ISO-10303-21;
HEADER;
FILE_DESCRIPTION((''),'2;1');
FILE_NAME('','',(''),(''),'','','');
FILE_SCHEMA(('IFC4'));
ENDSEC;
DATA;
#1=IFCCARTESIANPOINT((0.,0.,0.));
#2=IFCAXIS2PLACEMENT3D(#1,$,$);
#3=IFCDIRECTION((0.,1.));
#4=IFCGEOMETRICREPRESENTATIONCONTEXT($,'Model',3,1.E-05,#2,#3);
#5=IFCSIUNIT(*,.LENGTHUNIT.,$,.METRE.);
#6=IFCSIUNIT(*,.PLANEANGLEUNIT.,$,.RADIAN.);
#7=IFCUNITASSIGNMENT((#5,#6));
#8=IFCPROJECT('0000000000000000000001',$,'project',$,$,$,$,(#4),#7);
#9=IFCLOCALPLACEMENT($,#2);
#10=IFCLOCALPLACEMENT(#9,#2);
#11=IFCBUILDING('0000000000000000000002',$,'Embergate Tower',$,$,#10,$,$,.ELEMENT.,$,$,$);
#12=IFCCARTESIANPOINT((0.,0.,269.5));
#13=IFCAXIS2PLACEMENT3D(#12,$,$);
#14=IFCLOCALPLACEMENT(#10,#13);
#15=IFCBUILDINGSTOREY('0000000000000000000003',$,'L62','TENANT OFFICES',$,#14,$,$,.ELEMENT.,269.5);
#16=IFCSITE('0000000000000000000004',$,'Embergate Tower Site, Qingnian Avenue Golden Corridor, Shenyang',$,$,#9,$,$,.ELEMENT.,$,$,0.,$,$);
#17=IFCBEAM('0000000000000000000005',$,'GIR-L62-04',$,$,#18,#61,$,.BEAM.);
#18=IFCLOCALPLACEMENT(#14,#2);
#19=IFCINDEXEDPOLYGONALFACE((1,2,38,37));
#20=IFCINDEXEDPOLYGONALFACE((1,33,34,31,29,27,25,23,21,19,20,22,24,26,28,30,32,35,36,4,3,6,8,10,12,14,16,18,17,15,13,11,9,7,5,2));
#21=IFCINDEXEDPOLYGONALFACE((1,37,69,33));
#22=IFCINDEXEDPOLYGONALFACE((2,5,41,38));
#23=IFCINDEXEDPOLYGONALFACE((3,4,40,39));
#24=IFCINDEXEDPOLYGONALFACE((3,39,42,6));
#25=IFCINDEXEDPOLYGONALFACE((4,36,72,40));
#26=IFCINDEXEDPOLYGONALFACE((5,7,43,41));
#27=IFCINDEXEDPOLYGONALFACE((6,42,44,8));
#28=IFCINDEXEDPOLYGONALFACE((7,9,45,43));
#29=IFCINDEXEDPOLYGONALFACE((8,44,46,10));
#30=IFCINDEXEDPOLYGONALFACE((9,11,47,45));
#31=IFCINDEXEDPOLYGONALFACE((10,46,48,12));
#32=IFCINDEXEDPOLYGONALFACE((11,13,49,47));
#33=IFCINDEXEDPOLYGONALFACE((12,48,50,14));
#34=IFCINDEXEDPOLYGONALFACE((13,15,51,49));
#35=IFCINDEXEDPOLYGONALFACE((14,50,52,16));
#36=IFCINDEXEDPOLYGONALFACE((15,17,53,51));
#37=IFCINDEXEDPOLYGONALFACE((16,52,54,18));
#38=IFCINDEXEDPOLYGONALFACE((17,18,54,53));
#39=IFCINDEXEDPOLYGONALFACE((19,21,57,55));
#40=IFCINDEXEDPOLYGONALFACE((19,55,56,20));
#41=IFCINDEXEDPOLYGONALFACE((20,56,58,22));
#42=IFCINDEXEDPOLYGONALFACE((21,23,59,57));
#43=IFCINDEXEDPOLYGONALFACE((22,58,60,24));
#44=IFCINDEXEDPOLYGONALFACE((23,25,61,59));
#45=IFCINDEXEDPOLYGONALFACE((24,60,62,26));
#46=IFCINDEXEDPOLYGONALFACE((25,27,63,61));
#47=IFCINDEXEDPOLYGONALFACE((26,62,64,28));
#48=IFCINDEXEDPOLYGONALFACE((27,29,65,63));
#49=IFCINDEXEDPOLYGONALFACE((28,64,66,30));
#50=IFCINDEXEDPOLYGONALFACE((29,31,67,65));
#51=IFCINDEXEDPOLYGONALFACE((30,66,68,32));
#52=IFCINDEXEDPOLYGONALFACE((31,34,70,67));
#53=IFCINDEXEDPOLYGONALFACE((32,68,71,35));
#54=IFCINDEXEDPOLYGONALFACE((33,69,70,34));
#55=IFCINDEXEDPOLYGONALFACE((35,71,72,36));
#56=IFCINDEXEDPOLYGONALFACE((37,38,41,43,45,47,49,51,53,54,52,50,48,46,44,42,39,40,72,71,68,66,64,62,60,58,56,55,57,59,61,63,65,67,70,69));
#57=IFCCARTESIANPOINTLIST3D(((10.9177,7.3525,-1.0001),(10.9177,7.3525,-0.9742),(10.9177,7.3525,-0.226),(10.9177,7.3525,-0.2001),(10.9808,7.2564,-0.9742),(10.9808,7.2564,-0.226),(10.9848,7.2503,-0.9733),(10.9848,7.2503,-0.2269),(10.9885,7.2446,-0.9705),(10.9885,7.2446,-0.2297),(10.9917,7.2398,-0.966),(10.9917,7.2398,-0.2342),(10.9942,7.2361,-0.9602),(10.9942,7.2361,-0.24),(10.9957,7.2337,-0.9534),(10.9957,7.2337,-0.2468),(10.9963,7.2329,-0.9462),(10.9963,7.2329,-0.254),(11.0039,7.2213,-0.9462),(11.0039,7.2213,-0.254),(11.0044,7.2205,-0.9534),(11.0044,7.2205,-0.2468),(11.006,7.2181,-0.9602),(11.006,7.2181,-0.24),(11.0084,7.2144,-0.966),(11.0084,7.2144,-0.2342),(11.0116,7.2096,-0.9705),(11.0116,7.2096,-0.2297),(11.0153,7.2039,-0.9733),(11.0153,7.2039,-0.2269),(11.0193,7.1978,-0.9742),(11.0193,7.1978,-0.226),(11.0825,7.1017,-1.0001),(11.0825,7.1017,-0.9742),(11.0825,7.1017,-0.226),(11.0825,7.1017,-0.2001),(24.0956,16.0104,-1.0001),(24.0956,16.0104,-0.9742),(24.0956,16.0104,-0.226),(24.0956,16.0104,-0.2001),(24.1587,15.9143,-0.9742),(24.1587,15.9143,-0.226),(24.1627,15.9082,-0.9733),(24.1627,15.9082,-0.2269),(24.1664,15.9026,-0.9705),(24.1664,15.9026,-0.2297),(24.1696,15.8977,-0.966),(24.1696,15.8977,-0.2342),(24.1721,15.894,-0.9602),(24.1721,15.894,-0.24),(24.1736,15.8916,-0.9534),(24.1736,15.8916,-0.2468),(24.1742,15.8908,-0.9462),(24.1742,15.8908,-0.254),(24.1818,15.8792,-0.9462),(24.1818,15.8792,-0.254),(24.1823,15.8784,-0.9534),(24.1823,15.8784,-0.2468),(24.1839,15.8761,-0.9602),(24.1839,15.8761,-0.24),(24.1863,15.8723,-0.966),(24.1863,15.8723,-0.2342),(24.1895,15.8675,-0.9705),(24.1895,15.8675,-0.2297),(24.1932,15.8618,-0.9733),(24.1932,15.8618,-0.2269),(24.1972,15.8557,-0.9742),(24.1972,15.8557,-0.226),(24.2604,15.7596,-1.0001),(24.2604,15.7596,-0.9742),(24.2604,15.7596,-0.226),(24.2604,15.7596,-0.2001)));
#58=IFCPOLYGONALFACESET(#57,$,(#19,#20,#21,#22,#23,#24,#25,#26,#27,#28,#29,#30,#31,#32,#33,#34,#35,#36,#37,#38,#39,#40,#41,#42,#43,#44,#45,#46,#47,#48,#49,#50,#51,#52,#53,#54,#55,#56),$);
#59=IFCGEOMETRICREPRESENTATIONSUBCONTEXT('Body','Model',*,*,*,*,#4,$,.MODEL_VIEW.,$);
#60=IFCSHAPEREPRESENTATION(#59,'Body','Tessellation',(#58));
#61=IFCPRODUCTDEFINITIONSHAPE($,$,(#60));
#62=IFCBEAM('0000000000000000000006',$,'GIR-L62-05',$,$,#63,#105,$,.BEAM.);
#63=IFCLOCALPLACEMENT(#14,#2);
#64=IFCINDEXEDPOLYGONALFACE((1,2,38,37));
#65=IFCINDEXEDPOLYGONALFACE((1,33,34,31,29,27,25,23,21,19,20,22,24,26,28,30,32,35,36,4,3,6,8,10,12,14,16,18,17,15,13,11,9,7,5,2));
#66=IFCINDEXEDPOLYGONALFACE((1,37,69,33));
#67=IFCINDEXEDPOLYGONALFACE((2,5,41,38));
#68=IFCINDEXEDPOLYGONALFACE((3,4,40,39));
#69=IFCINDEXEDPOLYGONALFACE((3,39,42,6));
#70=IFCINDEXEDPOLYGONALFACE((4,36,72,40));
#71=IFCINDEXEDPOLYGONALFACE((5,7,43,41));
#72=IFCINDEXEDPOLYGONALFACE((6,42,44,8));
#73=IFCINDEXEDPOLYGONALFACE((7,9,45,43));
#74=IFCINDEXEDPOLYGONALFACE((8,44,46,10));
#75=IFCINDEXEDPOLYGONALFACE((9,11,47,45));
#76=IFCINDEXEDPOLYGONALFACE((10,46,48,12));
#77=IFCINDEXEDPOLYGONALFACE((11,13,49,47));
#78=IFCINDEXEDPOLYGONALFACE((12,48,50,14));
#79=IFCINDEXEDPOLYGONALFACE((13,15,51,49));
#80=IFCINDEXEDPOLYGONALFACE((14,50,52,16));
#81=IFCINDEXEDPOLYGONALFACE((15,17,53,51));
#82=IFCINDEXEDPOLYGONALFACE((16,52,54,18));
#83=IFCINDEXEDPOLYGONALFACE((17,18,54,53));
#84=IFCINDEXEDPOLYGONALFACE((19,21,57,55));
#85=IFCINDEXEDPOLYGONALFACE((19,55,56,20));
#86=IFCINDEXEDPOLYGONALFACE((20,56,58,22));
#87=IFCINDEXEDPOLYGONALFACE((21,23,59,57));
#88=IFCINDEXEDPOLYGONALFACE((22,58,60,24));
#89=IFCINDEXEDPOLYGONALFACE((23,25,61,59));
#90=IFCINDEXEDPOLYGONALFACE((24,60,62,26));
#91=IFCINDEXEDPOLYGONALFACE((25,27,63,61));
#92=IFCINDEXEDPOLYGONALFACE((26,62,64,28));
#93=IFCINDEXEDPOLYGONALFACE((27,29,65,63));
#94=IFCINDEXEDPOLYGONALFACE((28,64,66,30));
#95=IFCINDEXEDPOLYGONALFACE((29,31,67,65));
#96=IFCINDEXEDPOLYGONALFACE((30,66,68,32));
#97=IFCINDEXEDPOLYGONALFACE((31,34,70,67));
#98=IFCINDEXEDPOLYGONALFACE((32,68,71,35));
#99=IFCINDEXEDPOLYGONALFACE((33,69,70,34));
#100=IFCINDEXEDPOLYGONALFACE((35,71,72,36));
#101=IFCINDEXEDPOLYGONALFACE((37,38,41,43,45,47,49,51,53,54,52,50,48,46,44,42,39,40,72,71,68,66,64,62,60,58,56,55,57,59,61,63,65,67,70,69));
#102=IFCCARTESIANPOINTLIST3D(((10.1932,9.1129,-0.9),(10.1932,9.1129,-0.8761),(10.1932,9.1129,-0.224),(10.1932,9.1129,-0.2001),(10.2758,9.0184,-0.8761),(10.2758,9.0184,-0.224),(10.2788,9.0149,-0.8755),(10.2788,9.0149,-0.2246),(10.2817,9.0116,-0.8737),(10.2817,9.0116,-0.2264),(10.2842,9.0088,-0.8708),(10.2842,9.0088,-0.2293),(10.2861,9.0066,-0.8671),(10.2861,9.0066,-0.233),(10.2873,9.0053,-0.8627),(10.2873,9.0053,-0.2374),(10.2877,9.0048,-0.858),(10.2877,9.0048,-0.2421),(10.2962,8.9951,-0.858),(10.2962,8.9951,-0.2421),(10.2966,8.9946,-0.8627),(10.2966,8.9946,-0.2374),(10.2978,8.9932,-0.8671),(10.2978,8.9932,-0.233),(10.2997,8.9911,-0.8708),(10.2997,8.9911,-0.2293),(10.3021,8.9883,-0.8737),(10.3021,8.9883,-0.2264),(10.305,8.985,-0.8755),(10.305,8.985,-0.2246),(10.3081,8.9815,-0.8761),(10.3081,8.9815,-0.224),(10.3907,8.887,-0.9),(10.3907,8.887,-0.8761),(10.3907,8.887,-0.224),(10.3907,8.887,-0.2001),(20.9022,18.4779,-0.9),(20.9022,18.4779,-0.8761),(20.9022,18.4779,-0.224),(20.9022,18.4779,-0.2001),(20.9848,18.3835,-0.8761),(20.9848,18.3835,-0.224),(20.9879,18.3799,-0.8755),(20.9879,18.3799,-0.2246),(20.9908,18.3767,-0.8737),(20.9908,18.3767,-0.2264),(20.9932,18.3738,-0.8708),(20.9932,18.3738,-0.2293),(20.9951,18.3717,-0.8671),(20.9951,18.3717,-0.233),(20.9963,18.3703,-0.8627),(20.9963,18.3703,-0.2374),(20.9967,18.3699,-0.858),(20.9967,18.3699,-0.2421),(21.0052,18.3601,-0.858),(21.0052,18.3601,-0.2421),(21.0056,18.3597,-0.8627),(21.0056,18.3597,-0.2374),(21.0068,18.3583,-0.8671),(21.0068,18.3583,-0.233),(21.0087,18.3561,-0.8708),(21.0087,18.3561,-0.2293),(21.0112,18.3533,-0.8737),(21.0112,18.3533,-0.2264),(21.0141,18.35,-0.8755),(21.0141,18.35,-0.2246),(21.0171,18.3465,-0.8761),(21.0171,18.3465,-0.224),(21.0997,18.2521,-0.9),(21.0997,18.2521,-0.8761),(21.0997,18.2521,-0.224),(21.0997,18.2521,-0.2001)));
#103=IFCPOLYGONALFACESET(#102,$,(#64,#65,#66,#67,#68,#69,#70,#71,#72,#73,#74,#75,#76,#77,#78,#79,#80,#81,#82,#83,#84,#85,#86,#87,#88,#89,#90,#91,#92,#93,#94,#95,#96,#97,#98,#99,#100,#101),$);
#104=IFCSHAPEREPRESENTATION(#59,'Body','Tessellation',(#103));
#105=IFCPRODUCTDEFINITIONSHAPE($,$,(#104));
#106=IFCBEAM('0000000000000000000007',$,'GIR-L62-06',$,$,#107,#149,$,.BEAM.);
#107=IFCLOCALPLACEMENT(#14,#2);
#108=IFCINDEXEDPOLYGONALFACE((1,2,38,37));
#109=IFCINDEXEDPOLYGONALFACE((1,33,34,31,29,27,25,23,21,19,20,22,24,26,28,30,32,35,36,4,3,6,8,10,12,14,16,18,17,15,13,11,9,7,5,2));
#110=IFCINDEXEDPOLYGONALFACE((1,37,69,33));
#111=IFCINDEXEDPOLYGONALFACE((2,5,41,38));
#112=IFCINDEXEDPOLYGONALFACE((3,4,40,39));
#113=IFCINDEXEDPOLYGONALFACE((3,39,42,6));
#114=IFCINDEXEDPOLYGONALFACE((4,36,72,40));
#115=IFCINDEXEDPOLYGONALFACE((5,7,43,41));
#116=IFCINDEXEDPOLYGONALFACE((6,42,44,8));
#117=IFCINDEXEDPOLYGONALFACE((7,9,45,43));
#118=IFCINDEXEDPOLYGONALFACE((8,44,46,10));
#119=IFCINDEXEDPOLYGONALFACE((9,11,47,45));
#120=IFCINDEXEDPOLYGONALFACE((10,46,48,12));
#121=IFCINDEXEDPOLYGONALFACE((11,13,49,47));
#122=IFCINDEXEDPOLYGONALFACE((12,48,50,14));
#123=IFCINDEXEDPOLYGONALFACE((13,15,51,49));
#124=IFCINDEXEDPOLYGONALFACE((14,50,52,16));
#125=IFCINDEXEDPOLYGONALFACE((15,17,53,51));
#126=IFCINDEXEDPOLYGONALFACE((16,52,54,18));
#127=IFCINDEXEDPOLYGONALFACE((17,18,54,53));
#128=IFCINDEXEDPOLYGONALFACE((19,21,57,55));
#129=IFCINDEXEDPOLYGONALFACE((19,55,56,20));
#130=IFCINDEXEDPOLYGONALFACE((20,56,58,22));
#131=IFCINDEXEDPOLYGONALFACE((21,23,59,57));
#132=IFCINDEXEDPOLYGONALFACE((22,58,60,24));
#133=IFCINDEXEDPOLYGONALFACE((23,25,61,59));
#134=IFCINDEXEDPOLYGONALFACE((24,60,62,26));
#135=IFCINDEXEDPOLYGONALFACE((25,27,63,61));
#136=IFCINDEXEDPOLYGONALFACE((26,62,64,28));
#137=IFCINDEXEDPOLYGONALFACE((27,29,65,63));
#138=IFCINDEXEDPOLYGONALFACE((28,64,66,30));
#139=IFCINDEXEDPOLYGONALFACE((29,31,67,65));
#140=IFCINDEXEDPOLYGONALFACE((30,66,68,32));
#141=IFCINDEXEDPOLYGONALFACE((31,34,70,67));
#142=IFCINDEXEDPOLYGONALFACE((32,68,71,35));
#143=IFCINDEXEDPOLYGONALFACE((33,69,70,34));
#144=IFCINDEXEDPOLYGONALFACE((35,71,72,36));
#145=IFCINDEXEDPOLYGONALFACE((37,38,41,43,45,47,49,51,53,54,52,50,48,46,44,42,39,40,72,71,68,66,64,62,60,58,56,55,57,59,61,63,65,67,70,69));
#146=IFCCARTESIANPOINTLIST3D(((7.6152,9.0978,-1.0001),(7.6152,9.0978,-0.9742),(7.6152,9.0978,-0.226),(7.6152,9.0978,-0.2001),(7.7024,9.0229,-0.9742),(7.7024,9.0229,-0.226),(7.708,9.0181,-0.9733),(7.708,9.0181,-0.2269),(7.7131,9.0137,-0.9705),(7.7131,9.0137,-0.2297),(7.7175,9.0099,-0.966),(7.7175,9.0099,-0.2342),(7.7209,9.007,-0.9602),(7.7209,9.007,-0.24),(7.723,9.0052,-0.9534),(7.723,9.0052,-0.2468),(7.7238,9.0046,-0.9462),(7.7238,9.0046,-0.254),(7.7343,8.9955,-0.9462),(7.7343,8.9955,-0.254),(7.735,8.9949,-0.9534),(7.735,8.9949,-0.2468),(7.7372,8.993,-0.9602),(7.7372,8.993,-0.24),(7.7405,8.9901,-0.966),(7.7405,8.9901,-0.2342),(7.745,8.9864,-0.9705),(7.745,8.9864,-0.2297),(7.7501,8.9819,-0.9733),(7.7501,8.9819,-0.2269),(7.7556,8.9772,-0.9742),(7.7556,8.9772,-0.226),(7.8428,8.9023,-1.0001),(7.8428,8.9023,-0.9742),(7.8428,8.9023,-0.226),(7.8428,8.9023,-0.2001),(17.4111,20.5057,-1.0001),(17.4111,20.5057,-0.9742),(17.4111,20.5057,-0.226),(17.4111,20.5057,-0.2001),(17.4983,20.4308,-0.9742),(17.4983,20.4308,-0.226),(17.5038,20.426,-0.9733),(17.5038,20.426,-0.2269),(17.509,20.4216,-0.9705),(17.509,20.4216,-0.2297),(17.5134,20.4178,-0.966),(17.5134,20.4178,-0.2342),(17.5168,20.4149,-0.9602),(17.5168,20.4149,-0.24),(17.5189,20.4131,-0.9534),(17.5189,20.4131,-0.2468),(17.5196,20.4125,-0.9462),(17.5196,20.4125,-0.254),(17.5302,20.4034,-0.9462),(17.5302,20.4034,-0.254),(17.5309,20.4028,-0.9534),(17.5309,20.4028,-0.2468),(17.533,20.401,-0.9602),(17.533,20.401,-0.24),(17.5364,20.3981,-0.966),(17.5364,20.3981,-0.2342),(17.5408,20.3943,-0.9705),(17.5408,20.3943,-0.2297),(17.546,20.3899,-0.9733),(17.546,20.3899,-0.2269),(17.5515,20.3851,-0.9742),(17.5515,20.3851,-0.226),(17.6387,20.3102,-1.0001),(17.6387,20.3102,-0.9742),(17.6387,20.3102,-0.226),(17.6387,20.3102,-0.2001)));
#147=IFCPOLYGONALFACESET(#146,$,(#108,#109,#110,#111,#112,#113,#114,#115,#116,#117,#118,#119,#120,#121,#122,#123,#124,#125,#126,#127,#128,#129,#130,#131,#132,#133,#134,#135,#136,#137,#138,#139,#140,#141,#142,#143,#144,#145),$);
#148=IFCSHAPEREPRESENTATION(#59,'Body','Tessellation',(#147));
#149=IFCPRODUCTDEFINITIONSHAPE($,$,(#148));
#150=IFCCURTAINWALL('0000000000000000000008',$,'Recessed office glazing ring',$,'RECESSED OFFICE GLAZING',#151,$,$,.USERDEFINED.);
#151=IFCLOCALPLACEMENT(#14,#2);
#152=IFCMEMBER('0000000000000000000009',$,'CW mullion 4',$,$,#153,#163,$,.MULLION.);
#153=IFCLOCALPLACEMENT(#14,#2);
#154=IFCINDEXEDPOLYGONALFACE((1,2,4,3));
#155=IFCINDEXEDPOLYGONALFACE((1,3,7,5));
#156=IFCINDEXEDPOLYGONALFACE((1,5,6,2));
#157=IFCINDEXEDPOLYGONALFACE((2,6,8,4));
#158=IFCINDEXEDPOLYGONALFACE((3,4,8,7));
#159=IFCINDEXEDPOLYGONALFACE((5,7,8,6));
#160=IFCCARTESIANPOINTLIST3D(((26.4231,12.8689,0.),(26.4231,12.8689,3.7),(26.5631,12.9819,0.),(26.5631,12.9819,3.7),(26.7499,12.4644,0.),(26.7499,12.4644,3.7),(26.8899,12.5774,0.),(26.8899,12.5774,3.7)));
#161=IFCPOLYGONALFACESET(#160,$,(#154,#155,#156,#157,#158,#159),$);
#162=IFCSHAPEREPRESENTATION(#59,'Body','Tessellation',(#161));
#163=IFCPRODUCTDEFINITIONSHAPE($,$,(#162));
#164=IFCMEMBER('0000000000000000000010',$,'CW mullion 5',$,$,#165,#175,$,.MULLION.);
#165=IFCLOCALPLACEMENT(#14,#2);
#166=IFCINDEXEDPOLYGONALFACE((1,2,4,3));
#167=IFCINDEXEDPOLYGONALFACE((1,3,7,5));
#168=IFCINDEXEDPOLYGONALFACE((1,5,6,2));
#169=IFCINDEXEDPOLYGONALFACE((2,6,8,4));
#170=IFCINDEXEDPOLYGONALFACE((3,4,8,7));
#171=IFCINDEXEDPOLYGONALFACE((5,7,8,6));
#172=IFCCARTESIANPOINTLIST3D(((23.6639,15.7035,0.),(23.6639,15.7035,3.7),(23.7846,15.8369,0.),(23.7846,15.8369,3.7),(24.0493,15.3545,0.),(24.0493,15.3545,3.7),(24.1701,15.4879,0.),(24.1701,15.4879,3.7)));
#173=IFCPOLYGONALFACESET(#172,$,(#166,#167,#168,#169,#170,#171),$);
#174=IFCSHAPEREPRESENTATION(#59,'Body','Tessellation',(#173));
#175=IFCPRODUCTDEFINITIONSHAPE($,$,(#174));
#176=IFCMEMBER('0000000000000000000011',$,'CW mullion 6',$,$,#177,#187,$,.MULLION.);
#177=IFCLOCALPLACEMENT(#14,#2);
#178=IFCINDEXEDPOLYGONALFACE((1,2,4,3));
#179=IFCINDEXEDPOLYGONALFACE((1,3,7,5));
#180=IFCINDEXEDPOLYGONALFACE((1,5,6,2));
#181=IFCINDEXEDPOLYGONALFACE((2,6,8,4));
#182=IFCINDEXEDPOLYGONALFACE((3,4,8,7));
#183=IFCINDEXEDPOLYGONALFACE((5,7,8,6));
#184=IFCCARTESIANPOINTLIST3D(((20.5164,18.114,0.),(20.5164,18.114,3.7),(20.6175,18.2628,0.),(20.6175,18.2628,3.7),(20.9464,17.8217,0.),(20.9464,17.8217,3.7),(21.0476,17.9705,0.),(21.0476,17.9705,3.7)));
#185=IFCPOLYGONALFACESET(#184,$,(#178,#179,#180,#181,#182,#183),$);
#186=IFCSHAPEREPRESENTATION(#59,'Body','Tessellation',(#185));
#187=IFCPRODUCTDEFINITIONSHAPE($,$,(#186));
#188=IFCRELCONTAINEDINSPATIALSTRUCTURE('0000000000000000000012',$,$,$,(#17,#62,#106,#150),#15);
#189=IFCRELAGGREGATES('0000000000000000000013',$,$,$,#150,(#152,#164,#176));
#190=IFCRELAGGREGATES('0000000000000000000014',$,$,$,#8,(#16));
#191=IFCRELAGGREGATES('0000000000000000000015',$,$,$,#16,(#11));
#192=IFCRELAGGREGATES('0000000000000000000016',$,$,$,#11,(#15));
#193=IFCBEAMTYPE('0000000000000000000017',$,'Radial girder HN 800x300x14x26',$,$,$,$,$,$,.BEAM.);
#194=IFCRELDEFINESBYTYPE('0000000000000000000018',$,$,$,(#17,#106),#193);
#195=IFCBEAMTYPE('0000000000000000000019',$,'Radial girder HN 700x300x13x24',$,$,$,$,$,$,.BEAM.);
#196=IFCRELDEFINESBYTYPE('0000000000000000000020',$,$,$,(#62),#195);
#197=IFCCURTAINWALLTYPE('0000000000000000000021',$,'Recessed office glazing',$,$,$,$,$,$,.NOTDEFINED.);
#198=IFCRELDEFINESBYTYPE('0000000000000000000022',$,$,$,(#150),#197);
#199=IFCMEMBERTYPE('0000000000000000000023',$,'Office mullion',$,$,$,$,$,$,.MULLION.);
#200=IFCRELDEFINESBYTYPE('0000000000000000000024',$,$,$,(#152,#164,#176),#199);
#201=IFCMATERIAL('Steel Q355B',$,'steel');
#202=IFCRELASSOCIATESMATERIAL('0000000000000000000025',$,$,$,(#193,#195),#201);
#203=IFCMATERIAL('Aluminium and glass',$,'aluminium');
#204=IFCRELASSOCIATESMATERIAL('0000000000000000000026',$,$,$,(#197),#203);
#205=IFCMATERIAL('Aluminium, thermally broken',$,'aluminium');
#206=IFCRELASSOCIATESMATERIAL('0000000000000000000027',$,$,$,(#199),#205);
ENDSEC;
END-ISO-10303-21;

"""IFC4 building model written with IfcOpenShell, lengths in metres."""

from ifc_helpers import new_model, si_unit, direction, frame, origin, origin_2d, place, context, subcontext, project, spatial, rectangle, i_section, extrude, source, transform, mapped, material, material_profile, profile_set, type_object, element, aggregate, save


model = new_model("IFC4")

# Units and contexts
model_context = context("Model", 3, precision=1e-05, world=origin(), true_north=direction((0.0, 1.0)))
body_context = subcontext(model_context, "Body", "Model", "MODEL_VIEW")
ifc_project = project(units=[si_unit("LENGTHUNIT", "METRE"), si_unit("PLANEANGLEUNIT", "RADIAN")], contexts=[model_context])

# Site, building, storey
site_placement = place(None, origin())
site = spatial("IfcSite", under=ifc_project, at=site_placement, Name="Embergate Tower Site, Qingnian Avenue Golden Corridor, Shenyang", CompositionType="ELEMENT", RefElevation=0.0)
building_placement = place(site_placement, origin())
building = spatial("IfcBuilding", under=site, at=building_placement, Name="Embergate Tower", CompositionType="ELEMENT")
storey_placement = place(building_placement, frame((0.0, 0.0, 269.5)))
storey = spatial("IfcBuildingStorey", under=building, at=storey_placement, Name="L62", Description="TENANT OFFICES", CompositionType="ELEMENT", Elevation=269.5)

# Beams
ifc_material_1 = material(Name="Steel Q355B", Category="steel")
ifc_material_profile_1 = material_profile(ifc_material_1, i_section(OverallWidth=0.3, OverallDepth=0.8, WebThickness=0.0139, FlangeThickness=0.0259, FilletRadius=0.0281, at=origin_2d()), Name="HN 800x300x14x26")
ifc_profile_set_1 = profile_set([ifc_material_profile_1], Name="Steel Q355 grade B")
beam_type_1 = type_object("IfcBeamType", Name="Radial girder HN 800x300x14x26", PredefinedType="BEAM", material=ifc_profile_set_1)
shared_shape_1 = source(origin(), body_context, "Body", "SweptSolid", [
    extrude(i_section(OverallWidth=0.3, OverallDepth=0.8, WebThickness=0.0139, FlangeThickness=0.0259, FilletRadius=0.0281, at=origin_2d()), origin(), (0.0, 0.0, 1.0), 15.7676),
])
beam_1_placement = place(storey_placement, frame((24.178, 15.885, -0.6001), z_axis=(-0.835759, -0.549096, 0.0), x_axis=(0.549096, -0.835759, 0.0)))
element("IfcBeam", 1, at=beam_1_placement, inside=storey, type_object=beam_type_1, Name="GIR-L62-04", PredefinedType="BEAM", context=body_context, shape_type="MappedRepresentation", body=[
    mapped(shared_shape_1, transform((0.0, 0.0, 0.0))),
])
ifc_material_profile_2 = material_profile(ifc_material_1, i_section(OverallWidth=0.3, OverallDepth=0.7, WebThickness=0.0129, FlangeThickness=0.0239, FilletRadius=0.0181, at=origin_2d()), Name="HN 700x300x13x24")
ifc_profile_set_2 = profile_set([ifc_material_profile_2], Name="Steel Q355 grade B")
beam_type_2 = type_object("IfcBeamType", Name="Radial girder HN 700x300x13x24", PredefinedType="BEAM", material=ifc_profile_set_2)
shared_shape_2 = source(origin(), body_context, "Body", "SweptSolid", [
    extrude(i_section(OverallWidth=0.3, OverallDepth=0.7, WebThickness=0.0129, FlangeThickness=0.0239, FilletRadius=0.0181, at=origin_2d()), origin(), (0.0, 0.0, 1.0), 14.2263),
])
beam_2_placement = place(storey_placement, frame((21.001, 18.365, -0.55), z_axis=(-0.752764, -0.658291, 0.0), x_axis=(0.658291, -0.752764, 0.0)))
element("IfcBeam", 2, at=beam_2_placement, inside=storey, type_object=beam_type_2, Name="GIR-L62-05", PredefinedType="BEAM", context=body_context, shape_type="MappedRepresentation", body=[
    mapped(shared_shape_2, transform((0.0, 0.0, 0.0))),
])
shared_shape_3 = source(origin(), body_context, "Body", "SweptSolid", [
    extrude(i_section(OverallWidth=0.3, OverallDepth=0.8, WebThickness=0.0139, FlangeThickness=0.0259, FilletRadius=0.0281, at=origin_2d()), origin(), (0.0, 0.0, 1.0), 15.0366),
])
beam_3_placement = place(storey_placement, frame((17.5249, 20.408, -0.6001), z_axis=(-0.651468, -0.758676, 0.0), x_axis=(0.758676, -0.651468, 0.0)))
element("IfcBeam", 3, at=beam_3_placement, inside=storey, type_object=beam_type_1, Name="GIR-L62-06", PredefinedType="BEAM", context=body_context, shape_type="MappedRepresentation", body=[
    mapped(shared_shape_3, transform((0.0, 0.0, 0.0))),
])

# Curtain wall, members
ifc_material_2 = material(Name="Aluminium and glass", Category="aluminium")
curtain_wall_type = type_object("IfcCurtainWallType", Name="Recessed office glazing", PredefinedType="NOTDEFINED", material=ifc_material_2)
curtain_wall_placement = place(storey_placement, origin())
curtain_wall = element("IfcCurtainWall", 4, at=curtain_wall_placement, inside=storey, type_object=curtain_wall_type, Name="Recessed office glazing ring", ObjectType="RECESSED OFFICE GLAZING", PredefinedType="USERDEFINED")
ifc_material_3 = material(Name="Aluminium, thermally broken", Category="aluminium")
ifc_material_profile_3 = material_profile(ifc_material_3, rectangle(XDim=0.1799, YDim=0.52, at=origin_2d()), Name="AL 520x180")
ifc_profile_set_3 = profile_set([ifc_material_profile_3], Name="Aluminium, thermally broken")
member_type_1 = type_object("IfcMemberType", Name="Office mullion", PredefinedType="MULLION", material=ifc_profile_set_3)
shared_shape_4 = source(origin(), body_context, "Body", "SweptSolid", [
    extrude(rectangle(XDim=0.1799, YDim=0.52, at=origin_2d()), origin(), (0.0, 0.0, 1.0), 3.7),
])
member_1_placement = place(storey_placement, frame((26.6565, 12.7231, 0.0), z_axis=(0.0, 0.0, 1.0), x_axis=(-0.777862, -0.628436, 0.0)))
member_1 = element("IfcMember", 5, at=member_1_placement, type_object=member_type_1, Name="CW mullion 4", PredefinedType="MULLION", context=body_context, shape_type="MappedRepresentation", body=[
    mapped(shared_shape_4, transform((0.0, 0.0, 0.0))),
])
member_2_placement = place(storey_placement, frame((23.917, 15.5957, 0.0), z_axis=(0.0, 0.0, 1.0), x_axis=(-0.671216, -0.741262, 0.0)))
member_2 = element("IfcMember", 6, at=member_2_placement, type_object=member_type_1, Name="CW mullion 5", PredefinedType="MULLION", context=body_context, shape_type="MappedRepresentation", body=[
    mapped(shared_shape_4, transform((0.0, 0.0, 0.0))),
])
member_3_placement = place(storey_placement, frame((20.782, 18.0422, 0.0), z_axis=(0.0, 0.0, 1.0), x_axis=(-0.562208, -0.826996, 0.0)))
member_3 = element("IfcMember", 7, at=member_3_placement, type_object=member_type_1, Name="CW mullion 6", PredefinedType="MULLION", context=body_context, shape_type="MappedRepresentation", body=[
    mapped(shared_shape_4, transform((0.0, 0.0, 0.0))),
])
aggregate(curtain_wall, [member_1, member_2, member_3])

save(model, "model.ifc")
